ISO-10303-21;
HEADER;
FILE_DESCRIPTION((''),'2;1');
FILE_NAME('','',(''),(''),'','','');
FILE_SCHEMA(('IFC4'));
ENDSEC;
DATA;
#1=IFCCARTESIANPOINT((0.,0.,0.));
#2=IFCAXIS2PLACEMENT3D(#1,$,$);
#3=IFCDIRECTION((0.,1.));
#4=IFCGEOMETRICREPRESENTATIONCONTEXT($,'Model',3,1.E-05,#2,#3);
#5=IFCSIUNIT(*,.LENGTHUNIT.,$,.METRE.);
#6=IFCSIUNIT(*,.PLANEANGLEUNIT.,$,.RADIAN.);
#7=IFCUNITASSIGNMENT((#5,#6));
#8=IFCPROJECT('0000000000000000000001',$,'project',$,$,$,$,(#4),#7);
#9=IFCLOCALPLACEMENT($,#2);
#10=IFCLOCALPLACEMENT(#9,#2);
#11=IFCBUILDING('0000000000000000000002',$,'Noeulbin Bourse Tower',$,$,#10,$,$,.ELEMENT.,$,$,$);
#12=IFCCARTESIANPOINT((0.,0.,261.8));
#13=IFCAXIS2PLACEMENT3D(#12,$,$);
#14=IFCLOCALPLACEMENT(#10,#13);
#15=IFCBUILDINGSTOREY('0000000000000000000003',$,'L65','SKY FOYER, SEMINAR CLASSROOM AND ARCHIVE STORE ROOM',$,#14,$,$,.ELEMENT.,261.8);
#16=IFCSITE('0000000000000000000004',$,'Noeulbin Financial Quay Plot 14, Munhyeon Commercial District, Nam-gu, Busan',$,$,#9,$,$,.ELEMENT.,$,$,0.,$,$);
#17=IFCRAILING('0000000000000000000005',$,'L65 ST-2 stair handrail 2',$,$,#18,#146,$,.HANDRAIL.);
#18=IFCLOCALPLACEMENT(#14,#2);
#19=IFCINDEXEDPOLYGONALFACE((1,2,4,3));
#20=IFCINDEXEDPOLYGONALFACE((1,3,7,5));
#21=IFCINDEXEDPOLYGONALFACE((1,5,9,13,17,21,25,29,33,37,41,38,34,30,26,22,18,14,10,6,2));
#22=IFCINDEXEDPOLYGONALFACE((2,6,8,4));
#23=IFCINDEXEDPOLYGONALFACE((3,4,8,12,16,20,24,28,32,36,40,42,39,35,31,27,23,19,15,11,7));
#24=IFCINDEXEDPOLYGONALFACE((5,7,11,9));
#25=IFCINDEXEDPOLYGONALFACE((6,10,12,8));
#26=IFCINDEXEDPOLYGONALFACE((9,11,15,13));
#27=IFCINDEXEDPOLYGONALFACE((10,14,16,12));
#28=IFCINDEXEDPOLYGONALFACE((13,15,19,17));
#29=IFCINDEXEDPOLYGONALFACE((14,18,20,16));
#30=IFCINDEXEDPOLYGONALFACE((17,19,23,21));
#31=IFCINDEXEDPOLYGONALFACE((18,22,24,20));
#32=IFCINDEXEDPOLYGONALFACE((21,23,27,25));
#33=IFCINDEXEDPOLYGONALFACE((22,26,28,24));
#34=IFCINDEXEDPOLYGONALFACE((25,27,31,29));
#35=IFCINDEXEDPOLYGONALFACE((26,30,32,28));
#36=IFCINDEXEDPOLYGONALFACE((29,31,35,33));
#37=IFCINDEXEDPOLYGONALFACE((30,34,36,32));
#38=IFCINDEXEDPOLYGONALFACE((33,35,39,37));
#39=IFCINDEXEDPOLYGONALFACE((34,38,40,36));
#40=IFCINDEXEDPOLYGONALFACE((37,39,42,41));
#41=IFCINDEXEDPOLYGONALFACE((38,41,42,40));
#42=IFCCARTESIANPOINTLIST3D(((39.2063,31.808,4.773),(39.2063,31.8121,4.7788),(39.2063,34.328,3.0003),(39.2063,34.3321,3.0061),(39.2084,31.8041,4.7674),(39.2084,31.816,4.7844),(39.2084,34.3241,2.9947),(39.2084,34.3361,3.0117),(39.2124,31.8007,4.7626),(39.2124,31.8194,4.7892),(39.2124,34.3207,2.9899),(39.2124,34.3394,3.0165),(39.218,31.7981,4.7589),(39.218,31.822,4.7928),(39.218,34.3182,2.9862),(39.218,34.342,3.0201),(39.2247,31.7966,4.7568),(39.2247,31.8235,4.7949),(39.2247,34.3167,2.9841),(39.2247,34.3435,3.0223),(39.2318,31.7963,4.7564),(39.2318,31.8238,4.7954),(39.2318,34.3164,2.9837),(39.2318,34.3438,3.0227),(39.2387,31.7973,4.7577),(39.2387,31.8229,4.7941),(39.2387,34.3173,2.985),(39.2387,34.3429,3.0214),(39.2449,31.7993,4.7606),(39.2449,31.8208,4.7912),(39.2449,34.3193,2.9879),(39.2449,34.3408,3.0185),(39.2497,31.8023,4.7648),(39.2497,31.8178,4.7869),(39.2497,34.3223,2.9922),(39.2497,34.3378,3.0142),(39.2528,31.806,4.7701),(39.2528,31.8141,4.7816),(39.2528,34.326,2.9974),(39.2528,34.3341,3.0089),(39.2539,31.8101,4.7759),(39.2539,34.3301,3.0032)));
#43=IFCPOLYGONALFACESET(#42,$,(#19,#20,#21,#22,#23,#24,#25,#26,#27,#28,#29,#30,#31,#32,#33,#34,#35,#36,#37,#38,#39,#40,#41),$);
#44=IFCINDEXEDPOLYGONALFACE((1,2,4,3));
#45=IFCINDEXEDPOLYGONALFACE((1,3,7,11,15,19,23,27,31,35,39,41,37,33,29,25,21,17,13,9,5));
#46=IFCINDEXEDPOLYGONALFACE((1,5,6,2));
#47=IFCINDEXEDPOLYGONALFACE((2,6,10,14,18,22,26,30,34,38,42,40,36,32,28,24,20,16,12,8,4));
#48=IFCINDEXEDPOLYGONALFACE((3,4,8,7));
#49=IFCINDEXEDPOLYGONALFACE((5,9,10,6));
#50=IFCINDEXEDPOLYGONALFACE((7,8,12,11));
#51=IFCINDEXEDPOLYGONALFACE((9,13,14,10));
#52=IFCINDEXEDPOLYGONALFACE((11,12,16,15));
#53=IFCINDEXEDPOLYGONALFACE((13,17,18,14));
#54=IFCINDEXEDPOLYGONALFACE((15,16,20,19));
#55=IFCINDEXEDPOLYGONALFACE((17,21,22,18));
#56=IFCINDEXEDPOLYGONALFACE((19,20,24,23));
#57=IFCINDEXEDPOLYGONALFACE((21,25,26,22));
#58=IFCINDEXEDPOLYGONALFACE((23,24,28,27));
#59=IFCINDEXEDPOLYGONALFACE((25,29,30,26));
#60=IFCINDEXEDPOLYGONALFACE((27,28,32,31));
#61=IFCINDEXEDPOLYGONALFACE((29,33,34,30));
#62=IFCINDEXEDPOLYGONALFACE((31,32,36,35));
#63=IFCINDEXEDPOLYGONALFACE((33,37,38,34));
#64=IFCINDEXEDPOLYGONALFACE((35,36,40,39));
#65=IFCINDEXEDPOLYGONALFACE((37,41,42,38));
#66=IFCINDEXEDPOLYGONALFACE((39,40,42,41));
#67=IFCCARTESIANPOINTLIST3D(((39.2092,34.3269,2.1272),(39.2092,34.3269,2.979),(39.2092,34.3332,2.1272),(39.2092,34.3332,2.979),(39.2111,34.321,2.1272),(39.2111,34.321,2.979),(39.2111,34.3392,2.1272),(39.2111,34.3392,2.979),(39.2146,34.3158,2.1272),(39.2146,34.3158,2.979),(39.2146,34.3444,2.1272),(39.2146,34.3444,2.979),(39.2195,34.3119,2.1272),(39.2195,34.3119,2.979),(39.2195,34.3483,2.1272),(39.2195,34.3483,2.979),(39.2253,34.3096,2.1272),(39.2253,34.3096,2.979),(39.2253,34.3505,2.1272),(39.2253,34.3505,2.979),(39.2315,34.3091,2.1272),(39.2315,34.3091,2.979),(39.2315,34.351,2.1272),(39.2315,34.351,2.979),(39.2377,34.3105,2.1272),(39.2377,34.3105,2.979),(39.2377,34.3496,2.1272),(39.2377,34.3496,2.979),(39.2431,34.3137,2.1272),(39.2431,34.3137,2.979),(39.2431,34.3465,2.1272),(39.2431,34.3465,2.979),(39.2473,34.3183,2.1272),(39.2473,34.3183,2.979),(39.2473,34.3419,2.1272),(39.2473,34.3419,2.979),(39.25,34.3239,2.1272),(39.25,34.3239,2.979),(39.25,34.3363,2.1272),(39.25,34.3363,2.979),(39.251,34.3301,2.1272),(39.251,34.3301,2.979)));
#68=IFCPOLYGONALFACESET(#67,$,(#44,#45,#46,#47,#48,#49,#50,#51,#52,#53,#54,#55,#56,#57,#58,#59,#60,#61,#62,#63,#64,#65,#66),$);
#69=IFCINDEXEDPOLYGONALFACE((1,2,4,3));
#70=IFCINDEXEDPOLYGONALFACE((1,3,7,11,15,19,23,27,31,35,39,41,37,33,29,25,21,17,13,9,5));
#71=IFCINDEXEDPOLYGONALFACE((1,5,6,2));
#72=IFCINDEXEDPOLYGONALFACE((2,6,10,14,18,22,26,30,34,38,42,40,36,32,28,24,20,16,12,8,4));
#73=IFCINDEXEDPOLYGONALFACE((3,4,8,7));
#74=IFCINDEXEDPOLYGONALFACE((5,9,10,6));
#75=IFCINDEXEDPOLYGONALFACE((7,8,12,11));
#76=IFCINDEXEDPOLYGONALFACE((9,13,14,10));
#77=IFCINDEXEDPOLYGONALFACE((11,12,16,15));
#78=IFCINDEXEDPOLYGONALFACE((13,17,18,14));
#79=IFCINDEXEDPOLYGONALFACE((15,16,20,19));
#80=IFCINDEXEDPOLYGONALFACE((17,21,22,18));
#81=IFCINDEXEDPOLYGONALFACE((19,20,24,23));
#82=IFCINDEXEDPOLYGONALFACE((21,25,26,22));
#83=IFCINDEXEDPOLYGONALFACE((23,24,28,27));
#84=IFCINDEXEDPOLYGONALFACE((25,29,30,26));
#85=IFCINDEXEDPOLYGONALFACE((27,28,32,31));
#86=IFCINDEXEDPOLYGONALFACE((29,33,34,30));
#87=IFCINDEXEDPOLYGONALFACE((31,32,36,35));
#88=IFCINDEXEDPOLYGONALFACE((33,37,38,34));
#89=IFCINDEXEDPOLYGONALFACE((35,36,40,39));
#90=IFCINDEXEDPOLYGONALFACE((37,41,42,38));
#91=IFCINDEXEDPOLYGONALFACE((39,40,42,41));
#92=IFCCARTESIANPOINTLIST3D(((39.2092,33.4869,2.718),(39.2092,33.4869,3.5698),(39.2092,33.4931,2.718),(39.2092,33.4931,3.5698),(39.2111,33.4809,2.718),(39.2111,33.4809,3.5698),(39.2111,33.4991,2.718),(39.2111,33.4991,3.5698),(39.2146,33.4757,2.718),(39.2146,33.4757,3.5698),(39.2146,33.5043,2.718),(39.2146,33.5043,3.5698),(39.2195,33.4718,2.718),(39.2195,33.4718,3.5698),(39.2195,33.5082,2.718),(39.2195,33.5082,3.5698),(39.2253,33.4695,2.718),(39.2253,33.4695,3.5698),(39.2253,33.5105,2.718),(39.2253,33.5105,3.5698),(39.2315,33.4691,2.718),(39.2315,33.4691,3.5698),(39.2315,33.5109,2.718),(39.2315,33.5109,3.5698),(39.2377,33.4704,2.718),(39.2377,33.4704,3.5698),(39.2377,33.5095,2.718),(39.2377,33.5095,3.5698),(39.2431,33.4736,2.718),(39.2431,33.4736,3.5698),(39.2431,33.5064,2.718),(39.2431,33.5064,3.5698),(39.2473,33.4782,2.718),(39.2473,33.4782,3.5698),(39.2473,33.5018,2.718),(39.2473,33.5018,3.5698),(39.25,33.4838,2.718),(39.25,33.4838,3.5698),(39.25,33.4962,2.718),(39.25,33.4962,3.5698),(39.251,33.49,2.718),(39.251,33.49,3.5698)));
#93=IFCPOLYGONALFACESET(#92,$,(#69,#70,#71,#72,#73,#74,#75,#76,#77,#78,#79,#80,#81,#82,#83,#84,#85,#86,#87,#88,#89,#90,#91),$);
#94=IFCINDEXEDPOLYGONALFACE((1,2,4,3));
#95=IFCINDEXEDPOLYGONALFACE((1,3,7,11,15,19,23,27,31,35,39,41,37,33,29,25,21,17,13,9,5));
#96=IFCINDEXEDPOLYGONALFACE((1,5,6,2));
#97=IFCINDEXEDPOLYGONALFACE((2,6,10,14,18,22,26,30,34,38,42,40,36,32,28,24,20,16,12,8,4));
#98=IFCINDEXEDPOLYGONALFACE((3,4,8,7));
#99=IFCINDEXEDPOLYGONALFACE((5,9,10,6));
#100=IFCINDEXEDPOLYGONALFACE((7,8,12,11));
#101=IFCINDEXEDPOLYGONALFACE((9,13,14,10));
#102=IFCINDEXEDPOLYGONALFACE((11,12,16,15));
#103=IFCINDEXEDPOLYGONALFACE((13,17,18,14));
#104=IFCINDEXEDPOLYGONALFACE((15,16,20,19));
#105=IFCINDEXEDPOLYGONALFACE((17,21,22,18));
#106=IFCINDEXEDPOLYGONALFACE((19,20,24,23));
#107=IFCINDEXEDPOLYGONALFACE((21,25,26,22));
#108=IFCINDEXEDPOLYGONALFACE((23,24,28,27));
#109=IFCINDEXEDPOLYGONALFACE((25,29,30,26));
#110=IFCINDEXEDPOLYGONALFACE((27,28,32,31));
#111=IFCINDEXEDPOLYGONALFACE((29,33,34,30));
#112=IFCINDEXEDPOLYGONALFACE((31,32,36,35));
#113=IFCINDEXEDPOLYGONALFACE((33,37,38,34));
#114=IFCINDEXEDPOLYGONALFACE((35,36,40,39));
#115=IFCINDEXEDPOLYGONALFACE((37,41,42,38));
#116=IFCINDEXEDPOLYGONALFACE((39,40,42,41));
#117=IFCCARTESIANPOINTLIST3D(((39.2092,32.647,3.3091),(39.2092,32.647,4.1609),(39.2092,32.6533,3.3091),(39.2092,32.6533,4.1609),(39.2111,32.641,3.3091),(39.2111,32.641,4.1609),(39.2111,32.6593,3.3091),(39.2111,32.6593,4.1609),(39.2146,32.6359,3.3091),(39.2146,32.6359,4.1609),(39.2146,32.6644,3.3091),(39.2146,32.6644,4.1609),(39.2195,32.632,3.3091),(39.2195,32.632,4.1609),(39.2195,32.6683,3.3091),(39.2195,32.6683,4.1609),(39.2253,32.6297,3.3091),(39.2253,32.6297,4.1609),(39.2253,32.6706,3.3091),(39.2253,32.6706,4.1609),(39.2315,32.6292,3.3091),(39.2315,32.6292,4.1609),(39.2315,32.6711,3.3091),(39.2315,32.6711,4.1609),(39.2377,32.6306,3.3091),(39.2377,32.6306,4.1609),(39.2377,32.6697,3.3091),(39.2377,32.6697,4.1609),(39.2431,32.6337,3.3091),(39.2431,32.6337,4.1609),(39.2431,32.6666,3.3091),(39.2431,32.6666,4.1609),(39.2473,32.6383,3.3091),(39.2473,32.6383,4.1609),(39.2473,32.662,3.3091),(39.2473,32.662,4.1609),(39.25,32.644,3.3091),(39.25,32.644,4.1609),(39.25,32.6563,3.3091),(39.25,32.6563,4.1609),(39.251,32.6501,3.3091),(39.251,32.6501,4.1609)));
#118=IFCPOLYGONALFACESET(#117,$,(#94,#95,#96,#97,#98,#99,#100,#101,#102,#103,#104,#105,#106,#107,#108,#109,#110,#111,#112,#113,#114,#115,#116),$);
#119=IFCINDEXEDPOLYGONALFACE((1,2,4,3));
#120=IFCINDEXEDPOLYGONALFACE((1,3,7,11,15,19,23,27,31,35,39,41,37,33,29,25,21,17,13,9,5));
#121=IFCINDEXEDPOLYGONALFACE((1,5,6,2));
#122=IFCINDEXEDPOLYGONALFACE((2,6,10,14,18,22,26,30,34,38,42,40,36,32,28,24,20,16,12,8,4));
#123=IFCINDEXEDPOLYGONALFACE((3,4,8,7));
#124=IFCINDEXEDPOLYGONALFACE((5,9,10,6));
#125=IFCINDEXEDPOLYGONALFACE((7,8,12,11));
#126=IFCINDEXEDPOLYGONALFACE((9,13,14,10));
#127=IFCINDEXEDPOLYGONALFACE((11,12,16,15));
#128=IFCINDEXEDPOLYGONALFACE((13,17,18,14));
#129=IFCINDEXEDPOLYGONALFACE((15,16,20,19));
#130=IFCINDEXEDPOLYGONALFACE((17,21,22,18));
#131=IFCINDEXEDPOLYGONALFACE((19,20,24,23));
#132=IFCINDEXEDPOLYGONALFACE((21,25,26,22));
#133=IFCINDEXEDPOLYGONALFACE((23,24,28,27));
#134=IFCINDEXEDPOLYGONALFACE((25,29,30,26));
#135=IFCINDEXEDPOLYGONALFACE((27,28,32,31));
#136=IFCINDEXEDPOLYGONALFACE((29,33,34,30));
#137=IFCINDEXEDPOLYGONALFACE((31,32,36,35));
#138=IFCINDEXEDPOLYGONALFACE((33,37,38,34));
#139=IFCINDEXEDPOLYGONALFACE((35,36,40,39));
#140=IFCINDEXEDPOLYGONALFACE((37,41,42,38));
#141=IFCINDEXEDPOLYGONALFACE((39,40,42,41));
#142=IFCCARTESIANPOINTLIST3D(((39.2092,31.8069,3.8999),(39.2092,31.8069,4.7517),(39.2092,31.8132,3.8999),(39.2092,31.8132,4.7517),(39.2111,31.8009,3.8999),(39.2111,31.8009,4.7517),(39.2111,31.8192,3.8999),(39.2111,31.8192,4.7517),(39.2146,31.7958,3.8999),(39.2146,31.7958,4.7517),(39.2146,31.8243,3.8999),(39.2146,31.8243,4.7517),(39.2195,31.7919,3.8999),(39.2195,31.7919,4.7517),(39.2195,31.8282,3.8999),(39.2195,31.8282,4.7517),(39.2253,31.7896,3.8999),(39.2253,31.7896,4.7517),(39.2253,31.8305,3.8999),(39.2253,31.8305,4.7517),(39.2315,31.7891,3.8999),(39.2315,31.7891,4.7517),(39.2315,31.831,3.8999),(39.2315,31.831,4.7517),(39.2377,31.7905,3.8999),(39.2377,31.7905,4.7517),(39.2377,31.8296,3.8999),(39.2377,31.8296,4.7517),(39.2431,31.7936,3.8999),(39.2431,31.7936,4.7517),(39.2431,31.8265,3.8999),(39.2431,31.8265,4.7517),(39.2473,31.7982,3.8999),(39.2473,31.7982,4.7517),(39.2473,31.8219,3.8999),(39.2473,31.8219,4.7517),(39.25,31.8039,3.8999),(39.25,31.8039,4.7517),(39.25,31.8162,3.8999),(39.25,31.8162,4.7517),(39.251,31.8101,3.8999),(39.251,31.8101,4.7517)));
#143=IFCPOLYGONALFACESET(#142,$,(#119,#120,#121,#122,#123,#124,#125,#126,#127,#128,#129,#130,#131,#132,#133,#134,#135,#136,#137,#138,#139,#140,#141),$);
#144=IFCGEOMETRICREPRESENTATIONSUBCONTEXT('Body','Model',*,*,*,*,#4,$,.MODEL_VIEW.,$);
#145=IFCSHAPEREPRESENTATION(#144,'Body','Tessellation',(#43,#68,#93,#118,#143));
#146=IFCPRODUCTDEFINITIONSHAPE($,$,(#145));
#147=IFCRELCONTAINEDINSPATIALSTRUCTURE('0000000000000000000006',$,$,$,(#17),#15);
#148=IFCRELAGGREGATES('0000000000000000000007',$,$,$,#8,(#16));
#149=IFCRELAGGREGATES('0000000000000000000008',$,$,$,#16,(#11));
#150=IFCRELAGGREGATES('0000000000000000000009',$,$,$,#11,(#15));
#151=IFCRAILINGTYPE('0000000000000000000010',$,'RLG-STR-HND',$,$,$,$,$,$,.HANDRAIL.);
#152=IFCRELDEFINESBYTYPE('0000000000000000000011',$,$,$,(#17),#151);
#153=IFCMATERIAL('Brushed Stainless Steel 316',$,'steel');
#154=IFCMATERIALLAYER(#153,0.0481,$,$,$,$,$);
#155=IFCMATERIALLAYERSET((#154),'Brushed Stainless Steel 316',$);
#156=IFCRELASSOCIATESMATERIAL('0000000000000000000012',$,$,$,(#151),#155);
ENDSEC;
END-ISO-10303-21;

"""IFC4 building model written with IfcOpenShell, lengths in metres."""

from ifc_helpers import new_model, si_unit, direction, frame, origin, origin_2d, place, context, subcontext, project, spatial, circle, extrude, material, layer, layer_set, type_object, element, save


model = new_model("IFC4")

# Units and contexts
model_context = context("Model", 3, precision=1e-05, world=origin(), true_north=direction((0.0, 1.0)))
body_context = subcontext(model_context, "Body", "Model", "MODEL_VIEW")
ifc_project = project(units=[si_unit("LENGTHUNIT", "METRE"), si_unit("PLANEANGLEUNIT", "RADIAN")], contexts=[model_context])

# Site, building, storey
site_placement = place(None, origin())
site = spatial("IfcSite", under=ifc_project, at=site_placement, Name="Noeulbin Financial Quay Plot 14, Munhyeon Commercial District, Nam-gu, Busan", CompositionType="ELEMENT", RefElevation=0.0)
building_placement = place(site_placement, origin())
building = spatial("IfcBuilding", under=site, at=building_placement, Name="Noeulbin Bourse Tower", CompositionType="ELEMENT")
storey_placement = place(building_placement, frame((0.0, 0.0, 261.8)))
storey = spatial("IfcBuildingStorey", under=building, at=storey_placement, Name="L65", Description="SKY FOYER, SEMINAR CLASSROOM AND ARCHIVE STORE ROOM", CompositionType="ELEMENT", Elevation=261.8)

# Railing
ifc_material_1 = material(Name="Brushed Stainless Steel 316", Category="steel")
ifc_layer_1 = layer(ifc_material_1, 0.0481)
ifc_layer_set_1 = layer_set([ifc_layer_1], Name="Brushed Stainless Steel 316")
railing_type_1 = type_object("IfcRailingType", Name="RLG-STR-HND", PredefinedType="HANDRAIL", material=ifc_layer_set_1)
railing_1_placement = place(storey_placement, frame((39.23, 34.3301, 2.1272)))
element("IfcRailing", 1, at=railing_1_placement, inside=storey, type_object=railing_type_1, Name="L65 ST-2 stair handrail 2", PredefinedType="HANDRAIL", context=body_context, shape_type="SweptSolid", body=[
    extrude(circle(Radius=0.0239, at=origin_2d()), frame((0.0, 0.0, 0.876), z_axis=(0.0, -0.817904, 0.575354), x_axis=(1.0, 0.0, 0.0)), (0.0, 0.0, 1.0), 3.0811),
    extrude(circle(Radius=0.021, at=origin_2d()), origin(), (0.0, 0.0, 1.0), 0.8518),
    extrude(circle(Radius=0.021, at=origin_2d()), frame((0.0, -0.8401, 0.5908)), (0.0, 0.0, 1.0), 0.8518),
    extrude(circle(Radius=0.021, at=origin_2d()), frame((0.0, -1.6799, 1.1819)), (0.0, 0.0, 1.0), 0.8518),
    extrude(circle(Radius=0.021, at=origin_2d()), frame((0.0, -2.52, 1.7727)), (0.0, 0.0, 1.0), 0.8518),
])

save(model, "model.ifc")
